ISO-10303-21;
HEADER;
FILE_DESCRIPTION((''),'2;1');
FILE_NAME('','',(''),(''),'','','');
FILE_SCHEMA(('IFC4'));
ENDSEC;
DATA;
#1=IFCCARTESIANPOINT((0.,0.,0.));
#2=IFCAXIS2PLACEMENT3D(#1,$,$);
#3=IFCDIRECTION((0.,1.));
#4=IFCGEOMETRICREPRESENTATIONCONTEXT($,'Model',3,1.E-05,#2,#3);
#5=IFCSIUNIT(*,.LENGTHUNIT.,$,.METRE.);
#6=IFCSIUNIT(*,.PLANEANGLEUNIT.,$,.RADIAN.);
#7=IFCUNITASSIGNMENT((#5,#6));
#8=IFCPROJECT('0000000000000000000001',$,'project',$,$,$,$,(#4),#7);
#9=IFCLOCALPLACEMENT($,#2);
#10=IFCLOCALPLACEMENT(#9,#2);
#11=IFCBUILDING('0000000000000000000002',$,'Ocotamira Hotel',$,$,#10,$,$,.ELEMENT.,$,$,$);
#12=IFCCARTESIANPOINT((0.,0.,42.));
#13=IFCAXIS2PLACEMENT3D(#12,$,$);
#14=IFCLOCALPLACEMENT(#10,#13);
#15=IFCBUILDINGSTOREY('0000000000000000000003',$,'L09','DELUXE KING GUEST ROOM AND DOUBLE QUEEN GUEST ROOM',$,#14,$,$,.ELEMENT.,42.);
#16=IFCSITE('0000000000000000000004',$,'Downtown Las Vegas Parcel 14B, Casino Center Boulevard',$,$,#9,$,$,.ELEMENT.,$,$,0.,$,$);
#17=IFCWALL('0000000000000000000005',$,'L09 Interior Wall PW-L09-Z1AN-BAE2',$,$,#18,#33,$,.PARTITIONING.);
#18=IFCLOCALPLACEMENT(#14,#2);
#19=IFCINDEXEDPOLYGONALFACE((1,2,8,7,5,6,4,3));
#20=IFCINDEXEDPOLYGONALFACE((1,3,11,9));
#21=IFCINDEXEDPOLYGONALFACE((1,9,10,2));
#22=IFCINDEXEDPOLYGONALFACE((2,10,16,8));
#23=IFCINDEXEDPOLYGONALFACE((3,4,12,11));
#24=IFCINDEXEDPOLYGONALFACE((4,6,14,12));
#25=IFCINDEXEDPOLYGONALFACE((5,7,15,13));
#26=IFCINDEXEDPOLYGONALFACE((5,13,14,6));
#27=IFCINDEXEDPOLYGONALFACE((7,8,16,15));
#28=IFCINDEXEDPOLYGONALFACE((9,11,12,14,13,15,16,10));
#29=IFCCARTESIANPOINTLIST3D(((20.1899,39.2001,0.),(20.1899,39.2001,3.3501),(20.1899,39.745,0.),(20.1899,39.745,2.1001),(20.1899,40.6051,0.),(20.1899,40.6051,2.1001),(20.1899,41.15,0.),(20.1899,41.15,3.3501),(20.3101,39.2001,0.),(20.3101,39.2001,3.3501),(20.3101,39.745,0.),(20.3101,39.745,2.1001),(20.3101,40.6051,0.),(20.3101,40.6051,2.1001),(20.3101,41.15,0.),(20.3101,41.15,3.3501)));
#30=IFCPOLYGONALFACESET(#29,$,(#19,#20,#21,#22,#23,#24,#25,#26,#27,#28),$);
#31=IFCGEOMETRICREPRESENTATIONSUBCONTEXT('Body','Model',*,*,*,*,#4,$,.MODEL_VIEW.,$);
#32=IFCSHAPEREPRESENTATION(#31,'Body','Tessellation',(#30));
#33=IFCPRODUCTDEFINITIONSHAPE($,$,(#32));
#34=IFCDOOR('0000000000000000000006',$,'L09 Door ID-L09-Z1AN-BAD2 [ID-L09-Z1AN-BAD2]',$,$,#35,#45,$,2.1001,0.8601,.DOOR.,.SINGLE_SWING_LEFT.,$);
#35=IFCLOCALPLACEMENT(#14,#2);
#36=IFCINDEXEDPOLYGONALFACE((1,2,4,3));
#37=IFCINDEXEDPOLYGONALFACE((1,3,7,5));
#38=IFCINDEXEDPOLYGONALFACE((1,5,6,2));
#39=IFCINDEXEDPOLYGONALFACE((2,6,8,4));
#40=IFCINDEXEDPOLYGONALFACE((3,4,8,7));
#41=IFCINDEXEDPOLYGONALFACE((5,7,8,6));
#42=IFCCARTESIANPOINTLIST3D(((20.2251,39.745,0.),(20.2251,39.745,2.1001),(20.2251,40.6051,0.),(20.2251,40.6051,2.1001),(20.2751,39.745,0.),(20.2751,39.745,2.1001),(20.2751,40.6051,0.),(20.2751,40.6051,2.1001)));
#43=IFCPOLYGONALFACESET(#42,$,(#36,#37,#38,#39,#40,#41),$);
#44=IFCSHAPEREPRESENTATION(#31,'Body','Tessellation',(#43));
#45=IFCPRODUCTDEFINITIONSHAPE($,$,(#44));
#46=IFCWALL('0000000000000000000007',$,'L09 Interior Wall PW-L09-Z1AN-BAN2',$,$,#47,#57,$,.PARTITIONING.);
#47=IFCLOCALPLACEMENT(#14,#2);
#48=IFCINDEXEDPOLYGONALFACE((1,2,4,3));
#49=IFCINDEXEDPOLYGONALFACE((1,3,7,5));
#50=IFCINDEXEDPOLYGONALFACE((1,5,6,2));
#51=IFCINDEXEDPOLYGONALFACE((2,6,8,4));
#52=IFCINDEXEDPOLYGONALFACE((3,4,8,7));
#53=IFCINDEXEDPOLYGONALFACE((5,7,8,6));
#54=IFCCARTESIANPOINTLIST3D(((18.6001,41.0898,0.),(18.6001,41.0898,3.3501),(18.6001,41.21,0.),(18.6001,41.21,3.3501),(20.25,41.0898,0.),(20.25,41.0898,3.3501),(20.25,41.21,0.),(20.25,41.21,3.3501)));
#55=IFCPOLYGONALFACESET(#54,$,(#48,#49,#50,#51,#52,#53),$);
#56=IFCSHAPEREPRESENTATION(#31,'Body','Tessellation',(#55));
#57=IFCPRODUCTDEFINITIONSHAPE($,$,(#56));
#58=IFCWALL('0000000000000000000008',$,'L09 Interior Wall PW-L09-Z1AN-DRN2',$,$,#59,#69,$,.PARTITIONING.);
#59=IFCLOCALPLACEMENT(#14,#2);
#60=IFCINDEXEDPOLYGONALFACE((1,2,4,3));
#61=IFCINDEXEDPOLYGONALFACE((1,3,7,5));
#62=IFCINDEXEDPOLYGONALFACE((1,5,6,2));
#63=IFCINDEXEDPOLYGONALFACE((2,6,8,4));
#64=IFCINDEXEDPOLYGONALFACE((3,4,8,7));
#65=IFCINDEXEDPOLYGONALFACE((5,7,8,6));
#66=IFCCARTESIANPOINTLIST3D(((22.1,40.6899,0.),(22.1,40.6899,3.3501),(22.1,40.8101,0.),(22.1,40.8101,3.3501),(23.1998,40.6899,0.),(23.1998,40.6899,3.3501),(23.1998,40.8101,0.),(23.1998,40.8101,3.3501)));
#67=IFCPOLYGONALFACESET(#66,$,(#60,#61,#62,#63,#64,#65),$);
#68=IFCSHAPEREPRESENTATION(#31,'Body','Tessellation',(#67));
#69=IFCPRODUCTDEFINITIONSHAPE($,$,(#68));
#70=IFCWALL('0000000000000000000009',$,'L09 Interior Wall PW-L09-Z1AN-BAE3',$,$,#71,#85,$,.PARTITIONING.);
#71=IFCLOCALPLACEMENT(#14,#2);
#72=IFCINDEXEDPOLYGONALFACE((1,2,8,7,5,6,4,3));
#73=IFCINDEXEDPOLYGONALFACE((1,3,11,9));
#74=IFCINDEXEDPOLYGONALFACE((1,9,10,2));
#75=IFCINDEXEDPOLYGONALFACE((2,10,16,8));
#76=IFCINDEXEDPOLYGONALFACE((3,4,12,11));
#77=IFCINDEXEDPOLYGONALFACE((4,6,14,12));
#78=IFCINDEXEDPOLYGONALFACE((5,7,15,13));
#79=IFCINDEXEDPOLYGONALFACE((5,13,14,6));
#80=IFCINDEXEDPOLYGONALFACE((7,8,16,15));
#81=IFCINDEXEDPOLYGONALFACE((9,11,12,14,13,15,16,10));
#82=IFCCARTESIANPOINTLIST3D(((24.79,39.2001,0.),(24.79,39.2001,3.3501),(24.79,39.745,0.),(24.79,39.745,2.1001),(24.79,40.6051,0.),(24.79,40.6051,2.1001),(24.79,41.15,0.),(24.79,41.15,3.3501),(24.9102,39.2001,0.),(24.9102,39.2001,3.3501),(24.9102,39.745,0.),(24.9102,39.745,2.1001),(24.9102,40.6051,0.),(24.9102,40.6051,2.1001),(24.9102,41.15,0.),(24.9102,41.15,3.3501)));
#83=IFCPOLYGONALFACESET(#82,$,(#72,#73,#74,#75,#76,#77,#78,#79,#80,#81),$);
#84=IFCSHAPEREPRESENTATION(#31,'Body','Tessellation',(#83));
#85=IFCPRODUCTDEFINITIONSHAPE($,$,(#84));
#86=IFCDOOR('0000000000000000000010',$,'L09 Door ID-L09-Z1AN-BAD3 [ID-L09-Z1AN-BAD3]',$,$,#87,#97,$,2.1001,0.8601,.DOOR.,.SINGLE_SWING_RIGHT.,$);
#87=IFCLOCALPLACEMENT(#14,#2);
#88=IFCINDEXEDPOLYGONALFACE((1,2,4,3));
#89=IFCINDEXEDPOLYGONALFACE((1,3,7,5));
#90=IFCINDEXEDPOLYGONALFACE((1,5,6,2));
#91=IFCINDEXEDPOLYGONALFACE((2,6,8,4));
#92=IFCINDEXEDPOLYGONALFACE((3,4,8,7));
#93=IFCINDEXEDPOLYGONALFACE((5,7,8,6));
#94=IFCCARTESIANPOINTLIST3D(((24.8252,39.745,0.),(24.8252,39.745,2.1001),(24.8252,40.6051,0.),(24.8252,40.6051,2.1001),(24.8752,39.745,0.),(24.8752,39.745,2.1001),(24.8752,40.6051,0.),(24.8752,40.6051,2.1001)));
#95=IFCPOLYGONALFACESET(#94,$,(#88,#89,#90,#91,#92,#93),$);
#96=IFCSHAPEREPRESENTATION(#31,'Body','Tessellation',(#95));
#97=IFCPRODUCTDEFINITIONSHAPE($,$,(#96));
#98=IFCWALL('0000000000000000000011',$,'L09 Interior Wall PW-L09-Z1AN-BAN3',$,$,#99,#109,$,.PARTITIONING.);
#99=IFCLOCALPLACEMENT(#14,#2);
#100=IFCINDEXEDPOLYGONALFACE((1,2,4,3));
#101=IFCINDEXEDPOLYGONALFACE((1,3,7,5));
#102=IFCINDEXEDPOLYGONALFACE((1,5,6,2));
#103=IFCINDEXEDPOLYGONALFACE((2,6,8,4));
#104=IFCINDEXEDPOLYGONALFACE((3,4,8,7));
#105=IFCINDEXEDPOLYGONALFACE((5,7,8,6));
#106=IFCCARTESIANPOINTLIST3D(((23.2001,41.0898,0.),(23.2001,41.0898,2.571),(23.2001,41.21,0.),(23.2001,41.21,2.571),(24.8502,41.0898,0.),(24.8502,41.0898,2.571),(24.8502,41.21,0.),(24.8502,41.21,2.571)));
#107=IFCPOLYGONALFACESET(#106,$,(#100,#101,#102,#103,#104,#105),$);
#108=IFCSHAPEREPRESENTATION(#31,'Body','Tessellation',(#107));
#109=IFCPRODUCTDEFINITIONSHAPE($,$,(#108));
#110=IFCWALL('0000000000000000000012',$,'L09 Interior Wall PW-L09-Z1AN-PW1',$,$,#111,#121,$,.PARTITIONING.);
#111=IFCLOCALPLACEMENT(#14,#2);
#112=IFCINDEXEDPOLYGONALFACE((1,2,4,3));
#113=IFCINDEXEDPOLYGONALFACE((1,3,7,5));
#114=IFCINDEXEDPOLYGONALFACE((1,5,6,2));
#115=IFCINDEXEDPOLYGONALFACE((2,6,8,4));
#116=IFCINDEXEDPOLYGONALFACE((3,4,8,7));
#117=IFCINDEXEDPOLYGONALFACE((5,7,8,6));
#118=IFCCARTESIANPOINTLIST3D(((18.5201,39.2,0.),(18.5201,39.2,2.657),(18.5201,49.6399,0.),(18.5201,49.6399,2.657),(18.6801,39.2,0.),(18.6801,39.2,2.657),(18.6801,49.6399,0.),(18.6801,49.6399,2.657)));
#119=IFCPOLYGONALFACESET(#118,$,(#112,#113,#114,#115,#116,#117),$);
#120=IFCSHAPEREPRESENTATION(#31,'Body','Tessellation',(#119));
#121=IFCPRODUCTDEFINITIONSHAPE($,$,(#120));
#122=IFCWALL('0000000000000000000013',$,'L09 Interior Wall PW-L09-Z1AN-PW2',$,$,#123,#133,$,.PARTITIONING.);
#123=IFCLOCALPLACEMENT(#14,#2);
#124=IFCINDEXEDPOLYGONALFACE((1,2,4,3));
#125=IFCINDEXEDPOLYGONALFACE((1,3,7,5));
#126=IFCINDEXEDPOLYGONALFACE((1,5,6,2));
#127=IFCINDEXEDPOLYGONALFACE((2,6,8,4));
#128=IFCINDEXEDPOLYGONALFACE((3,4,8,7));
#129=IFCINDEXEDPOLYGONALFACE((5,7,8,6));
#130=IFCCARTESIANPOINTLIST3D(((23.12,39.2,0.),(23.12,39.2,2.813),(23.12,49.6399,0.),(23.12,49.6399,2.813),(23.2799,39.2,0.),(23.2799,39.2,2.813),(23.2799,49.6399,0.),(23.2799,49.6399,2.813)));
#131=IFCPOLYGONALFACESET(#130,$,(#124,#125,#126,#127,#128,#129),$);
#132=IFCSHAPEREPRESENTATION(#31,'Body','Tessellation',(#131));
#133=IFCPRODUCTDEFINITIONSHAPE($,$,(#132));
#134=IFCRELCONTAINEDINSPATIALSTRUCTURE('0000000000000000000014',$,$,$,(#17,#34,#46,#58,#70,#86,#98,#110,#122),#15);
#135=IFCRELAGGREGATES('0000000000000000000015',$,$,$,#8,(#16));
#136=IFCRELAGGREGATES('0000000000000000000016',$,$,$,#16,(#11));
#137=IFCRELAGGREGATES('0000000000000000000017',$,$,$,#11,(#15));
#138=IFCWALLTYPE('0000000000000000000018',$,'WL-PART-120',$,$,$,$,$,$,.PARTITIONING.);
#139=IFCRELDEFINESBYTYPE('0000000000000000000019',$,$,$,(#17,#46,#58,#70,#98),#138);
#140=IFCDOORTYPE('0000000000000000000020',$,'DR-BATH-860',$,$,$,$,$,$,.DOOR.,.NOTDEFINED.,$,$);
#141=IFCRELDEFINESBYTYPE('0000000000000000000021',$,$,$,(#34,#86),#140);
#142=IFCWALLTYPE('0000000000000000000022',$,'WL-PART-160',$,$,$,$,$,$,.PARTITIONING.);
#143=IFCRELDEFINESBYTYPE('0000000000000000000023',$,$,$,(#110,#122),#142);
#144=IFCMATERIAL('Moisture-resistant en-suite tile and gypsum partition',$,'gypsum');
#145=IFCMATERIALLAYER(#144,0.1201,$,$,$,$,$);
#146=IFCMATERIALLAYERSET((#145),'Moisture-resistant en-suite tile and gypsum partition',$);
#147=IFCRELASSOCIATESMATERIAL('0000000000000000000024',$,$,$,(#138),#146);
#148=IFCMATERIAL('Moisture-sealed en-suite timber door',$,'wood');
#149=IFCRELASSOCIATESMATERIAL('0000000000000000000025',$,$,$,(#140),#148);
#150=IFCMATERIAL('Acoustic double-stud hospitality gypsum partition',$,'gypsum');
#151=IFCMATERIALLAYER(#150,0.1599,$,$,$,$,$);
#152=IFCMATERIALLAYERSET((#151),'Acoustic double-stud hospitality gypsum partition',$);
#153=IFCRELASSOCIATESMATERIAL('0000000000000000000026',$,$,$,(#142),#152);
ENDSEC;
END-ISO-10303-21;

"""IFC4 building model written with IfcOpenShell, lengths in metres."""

from ifc_helpers import new_model, si_unit, direction, frame, frame_2d, origin, place, context, subcontext, project, spatial, rectangle, extrude, source, transform, mapped, material, layer, layer_set, type_object, element, fill, save


model = new_model("IFC4")

# Units and contexts
model_context = context("Model", 3, precision=1e-05, world=origin(), true_north=direction((0.0, 1.0)))
body_context = subcontext(model_context, "Body", "Model", "MODEL_VIEW")
ifc_project = project(units=[si_unit("LENGTHUNIT", "METRE"), si_unit("PLANEANGLEUNIT", "RADIAN")], contexts=[model_context])

# Site, building, storey
site_placement = place(None, origin())
site = spatial("IfcSite", under=ifc_project, at=site_placement, Name="Downtown Las Vegas Parcel 14B, Casino Center Boulevard", CompositionType="ELEMENT", RefElevation=0.0)
building_placement = place(site_placement, origin())
building = spatial("IfcBuilding", under=site, at=building_placement, Name="Ocotamira Hotel", CompositionType="ELEMENT")
storey_placement = place(building_placement, frame((0.0, 0.0, 42.0)))
storey = spatial("IfcBuildingStorey", under=building, at=storey_placement, Name="L09", Description="DELUXE KING GUEST ROOM AND DOUBLE QUEEN GUEST ROOM", CompositionType="ELEMENT", Elevation=42.0)

# Wall, opening, door
ifc_material_1 = material(Name="Moisture-resistant en-suite tile and gypsum partition", Category="gypsum")
ifc_layer_1 = layer(ifc_material_1, 0.1201)
ifc_layer_set_1 = layer_set([ifc_layer_1], Name="Moisture-resistant en-suite tile and gypsum partition")
wall_type_1 = type_object("IfcWallType", Name="WL-PART-120", PredefinedType="PARTITIONING", material=ifc_layer_set_1)
wall_1_placement = place(storey_placement, frame((20.25, 39.2, 0.0), z_axis=(0.0, 0.0, 1.0), x_axis=(0.0, 1.0, 0.0)))
wall_1 = element("IfcWall", 1, at=wall_1_placement, inside=storey, type_object=wall_type_1, Name="L09 Interior Wall PW-L09-Z1AN-BAE2", PredefinedType="PARTITIONING", context=body_context, shape_type="SweptSolid", body=[
    extrude(rectangle(XDim=1.95, YDim=0.1201, at=frame_2d((0.9751, 0.0))), origin(), (0.0, 0.0, 1.0), 3.3501),
])
opening_1_placement = place(wall_1_placement, frame((0.5449, 0.0, 0.0)))
opening_1 = element("IfcOpeningElement", 2, at=opening_1_placement, cuts=wall_1, PredefinedType="OPENING", context=body_context, shape_type="SweptSolid", body=[
    extrude(rectangle(XDim=0.8601, YDim=2.1001, at=frame_2d((0.4302, 1.05))), frame((0.0, 0.0701, 0.0), z_axis=(0.0, -1.0, 0.0), x_axis=(1.0, 0.0, 0.0)), (0.0, 0.0, 1.0), 0.1401),
])
ifc_material_2 = material(Name="Moisture-sealed en-suite timber door", Category="wood")
door_type = type_object("IfcDoorType", Name="DR-BATH-860", OperationType="NOTDEFINED", PredefinedType="DOOR", material=ifc_material_2)
shared_shape_1 = source(origin(), body_context, "Body", "SweptSolid", [
    extrude(rectangle(XDim=0.8601, YDim=2.1001, at=frame_2d((0.4302, 1.05))), frame((0.0, 0.0249, 0.0), z_axis=(0.0, -1.0, 0.0), x_axis=(1.0, 0.0, 0.0)), (0.0, 0.0, 1.0), 0.05),
])
door_1_placement = place(opening_1_placement, origin())
door_1 = element("IfcDoor", 3, at=door_1_placement, inside=storey, type_object=door_type, Name="L09 Door ID-L09-Z1AN-BAD2 [ID-L09-Z1AN-BAD2]", OperationType="SINGLE_SWING_LEFT", OverallHeight=2.1001, OverallWidth=0.8601, PredefinedType="DOOR", context=body_context, shape_type="MappedRepresentation", body=[
    mapped(shared_shape_1, transform((0.0, 0.0, 0.0), scale=1.0)),
])
fill(opening_1, door_1)

# Walls
wall_2_placement = place(storey_placement, frame((18.6001, 41.1499, 0.0), z_axis=(0.0, 0.0, 1.0), x_axis=(1.0, 0.0, 0.0)))
element("IfcWall", 4, at=wall_2_placement, inside=storey, type_object=wall_type_1, Name="L09 Interior Wall PW-L09-Z1AN-BAN2", PredefinedType="PARTITIONING", context=body_context, shape_type="SweptSolid", body=[
    extrude(rectangle(XDim=1.6499, YDim=0.1201, at=frame_2d((0.825, 0.0))), origin(), (0.0, 0.0, 1.0), 3.3501),
])
wall_3_placement = place(storey_placement, frame((22.1001, 40.75, 0.0), z_axis=(0.0, 0.0, 1.0), x_axis=(1.0, 0.0, 0.0)))
element("IfcWall", 5, at=wall_3_placement, inside=storey, type_object=wall_type_1, Name="L09 Interior Wall PW-L09-Z1AN-DRN2", PredefinedType="PARTITIONING", context=body_context, shape_type="SweptSolid", body=[
    extrude(rectangle(XDim=1.0999, YDim=0.1201, at=frame_2d((0.5498, 0.0))), origin(), (0.0, 0.0, 1.0), 3.3501),
])

# Wall, opening, door
wall_4_placement = place(storey_placement, frame((24.8501, 39.2, 0.0), z_axis=(0.0, 0.0, 1.0), x_axis=(0.0, 1.0, 0.0)))
wall_4 = element("IfcWall", 6, at=wall_4_placement, inside=storey, type_object=wall_type_1, Name="L09 Interior Wall PW-L09-Z1AN-BAE3", PredefinedType="PARTITIONING", context=body_context, shape_type="SweptSolid", body=[
    extrude(rectangle(XDim=1.95, YDim=0.1201, at=frame_2d((0.9751, 0.0))), origin(), (0.0, 0.0, 1.0), 3.3501),
])
opening_2_placement = place(wall_4_placement, frame((0.5449, 0.0, 0.0)))
opening_2 = element("IfcOpeningElement", 7, at=opening_2_placement, cuts=wall_4, PredefinedType="OPENING", context=body_context, shape_type="SweptSolid", body=[
    extrude(rectangle(XDim=0.8601, YDim=2.1001, at=frame_2d((0.4302, 1.05))), frame((0.0, 0.0701, 0.0), z_axis=(0.0, -1.0, 0.0), x_axis=(1.0, 0.0, 0.0)), (0.0, 0.0, 1.0), 0.1401),
])
door_2_placement = place(opening_2_placement, origin())
door_2 = element("IfcDoor", 8, at=door_2_placement, inside=storey, type_object=door_type, Name="L09 Door ID-L09-Z1AN-BAD3 [ID-L09-Z1AN-BAD3]", OperationType="SINGLE_SWING_RIGHT", OverallHeight=2.1001, OverallWidth=0.8601, PredefinedType="DOOR", context=body_context, shape_type="MappedRepresentation", body=[
    mapped(shared_shape_1, transform((0.0, 0.0, 0.0), scale=1.0)),
])
fill(opening_2, door_2)

# Walls
wall_5_placement = place(storey_placement, frame((23.2, 41.1499, 0.0), z_axis=(0.0, 0.0, 1.0), x_axis=(1.0, 0.0, 0.0)))
element("IfcWall", 9, at=wall_5_placement, inside=storey, type_object=wall_type_1, Name="L09 Interior Wall PW-L09-Z1AN-BAN3", PredefinedType="PARTITIONING", context=body_context, shape_type="SweptSolid", body=[
    extrude(rectangle(XDim=1.6501, YDim=0.1201, at=frame_2d((0.8252, 0.0))), origin(), (0.0, 0.0, 1.0), 2.571),
])
ifc_material_3 = material(Name="Acoustic double-stud hospitality gypsum partition", Category="gypsum")
ifc_layer_2 = layer(ifc_material_3, 0.1599)
ifc_layer_set_2 = layer_set([ifc_layer_2], Name="Acoustic double-stud hospitality gypsum partition")
wall_type_2 = type_object("IfcWallType", Name="WL-PART-160", PredefinedType="PARTITIONING", material=ifc_layer_set_2)
wall_6_placement = place(storey_placement, frame((18.6001, 39.2, 0.0), z_axis=(0.0, 0.0, 1.0), x_axis=(0.0, 1.0, 0.0)))
element("IfcWall", 10, at=wall_6_placement, inside=storey, type_object=wall_type_2, Name="L09 Interior Wall PW-L09-Z1AN-PW1", PredefinedType="PARTITIONING", context=body_context, shape_type="SweptSolid", body=[
    extrude(rectangle(XDim=10.4399, YDim=0.1599, at=frame_2d((5.22, 0.0))), origin(), (0.0, 0.0, 1.0), 2.657),
])
wall_7_placement = place(storey_placement, frame((23.2, 39.2, 0.0), z_axis=(0.0, 0.0, 1.0), x_axis=(0.0, 1.0, 0.0)))
element("IfcWall", 11, at=wall_7_placement, inside=storey, type_object=wall_type_2, Name="L09 Interior Wall PW-L09-Z1AN-PW2", PredefinedType="PARTITIONING", context=body_context, shape_type="SweptSolid", body=[
    extrude(rectangle(XDim=10.4399, YDim=0.1599, at=frame_2d((5.22, 0.0))), origin(), (0.0, 0.0, 1.0), 2.813),
])

save(model, "model.ifc")
